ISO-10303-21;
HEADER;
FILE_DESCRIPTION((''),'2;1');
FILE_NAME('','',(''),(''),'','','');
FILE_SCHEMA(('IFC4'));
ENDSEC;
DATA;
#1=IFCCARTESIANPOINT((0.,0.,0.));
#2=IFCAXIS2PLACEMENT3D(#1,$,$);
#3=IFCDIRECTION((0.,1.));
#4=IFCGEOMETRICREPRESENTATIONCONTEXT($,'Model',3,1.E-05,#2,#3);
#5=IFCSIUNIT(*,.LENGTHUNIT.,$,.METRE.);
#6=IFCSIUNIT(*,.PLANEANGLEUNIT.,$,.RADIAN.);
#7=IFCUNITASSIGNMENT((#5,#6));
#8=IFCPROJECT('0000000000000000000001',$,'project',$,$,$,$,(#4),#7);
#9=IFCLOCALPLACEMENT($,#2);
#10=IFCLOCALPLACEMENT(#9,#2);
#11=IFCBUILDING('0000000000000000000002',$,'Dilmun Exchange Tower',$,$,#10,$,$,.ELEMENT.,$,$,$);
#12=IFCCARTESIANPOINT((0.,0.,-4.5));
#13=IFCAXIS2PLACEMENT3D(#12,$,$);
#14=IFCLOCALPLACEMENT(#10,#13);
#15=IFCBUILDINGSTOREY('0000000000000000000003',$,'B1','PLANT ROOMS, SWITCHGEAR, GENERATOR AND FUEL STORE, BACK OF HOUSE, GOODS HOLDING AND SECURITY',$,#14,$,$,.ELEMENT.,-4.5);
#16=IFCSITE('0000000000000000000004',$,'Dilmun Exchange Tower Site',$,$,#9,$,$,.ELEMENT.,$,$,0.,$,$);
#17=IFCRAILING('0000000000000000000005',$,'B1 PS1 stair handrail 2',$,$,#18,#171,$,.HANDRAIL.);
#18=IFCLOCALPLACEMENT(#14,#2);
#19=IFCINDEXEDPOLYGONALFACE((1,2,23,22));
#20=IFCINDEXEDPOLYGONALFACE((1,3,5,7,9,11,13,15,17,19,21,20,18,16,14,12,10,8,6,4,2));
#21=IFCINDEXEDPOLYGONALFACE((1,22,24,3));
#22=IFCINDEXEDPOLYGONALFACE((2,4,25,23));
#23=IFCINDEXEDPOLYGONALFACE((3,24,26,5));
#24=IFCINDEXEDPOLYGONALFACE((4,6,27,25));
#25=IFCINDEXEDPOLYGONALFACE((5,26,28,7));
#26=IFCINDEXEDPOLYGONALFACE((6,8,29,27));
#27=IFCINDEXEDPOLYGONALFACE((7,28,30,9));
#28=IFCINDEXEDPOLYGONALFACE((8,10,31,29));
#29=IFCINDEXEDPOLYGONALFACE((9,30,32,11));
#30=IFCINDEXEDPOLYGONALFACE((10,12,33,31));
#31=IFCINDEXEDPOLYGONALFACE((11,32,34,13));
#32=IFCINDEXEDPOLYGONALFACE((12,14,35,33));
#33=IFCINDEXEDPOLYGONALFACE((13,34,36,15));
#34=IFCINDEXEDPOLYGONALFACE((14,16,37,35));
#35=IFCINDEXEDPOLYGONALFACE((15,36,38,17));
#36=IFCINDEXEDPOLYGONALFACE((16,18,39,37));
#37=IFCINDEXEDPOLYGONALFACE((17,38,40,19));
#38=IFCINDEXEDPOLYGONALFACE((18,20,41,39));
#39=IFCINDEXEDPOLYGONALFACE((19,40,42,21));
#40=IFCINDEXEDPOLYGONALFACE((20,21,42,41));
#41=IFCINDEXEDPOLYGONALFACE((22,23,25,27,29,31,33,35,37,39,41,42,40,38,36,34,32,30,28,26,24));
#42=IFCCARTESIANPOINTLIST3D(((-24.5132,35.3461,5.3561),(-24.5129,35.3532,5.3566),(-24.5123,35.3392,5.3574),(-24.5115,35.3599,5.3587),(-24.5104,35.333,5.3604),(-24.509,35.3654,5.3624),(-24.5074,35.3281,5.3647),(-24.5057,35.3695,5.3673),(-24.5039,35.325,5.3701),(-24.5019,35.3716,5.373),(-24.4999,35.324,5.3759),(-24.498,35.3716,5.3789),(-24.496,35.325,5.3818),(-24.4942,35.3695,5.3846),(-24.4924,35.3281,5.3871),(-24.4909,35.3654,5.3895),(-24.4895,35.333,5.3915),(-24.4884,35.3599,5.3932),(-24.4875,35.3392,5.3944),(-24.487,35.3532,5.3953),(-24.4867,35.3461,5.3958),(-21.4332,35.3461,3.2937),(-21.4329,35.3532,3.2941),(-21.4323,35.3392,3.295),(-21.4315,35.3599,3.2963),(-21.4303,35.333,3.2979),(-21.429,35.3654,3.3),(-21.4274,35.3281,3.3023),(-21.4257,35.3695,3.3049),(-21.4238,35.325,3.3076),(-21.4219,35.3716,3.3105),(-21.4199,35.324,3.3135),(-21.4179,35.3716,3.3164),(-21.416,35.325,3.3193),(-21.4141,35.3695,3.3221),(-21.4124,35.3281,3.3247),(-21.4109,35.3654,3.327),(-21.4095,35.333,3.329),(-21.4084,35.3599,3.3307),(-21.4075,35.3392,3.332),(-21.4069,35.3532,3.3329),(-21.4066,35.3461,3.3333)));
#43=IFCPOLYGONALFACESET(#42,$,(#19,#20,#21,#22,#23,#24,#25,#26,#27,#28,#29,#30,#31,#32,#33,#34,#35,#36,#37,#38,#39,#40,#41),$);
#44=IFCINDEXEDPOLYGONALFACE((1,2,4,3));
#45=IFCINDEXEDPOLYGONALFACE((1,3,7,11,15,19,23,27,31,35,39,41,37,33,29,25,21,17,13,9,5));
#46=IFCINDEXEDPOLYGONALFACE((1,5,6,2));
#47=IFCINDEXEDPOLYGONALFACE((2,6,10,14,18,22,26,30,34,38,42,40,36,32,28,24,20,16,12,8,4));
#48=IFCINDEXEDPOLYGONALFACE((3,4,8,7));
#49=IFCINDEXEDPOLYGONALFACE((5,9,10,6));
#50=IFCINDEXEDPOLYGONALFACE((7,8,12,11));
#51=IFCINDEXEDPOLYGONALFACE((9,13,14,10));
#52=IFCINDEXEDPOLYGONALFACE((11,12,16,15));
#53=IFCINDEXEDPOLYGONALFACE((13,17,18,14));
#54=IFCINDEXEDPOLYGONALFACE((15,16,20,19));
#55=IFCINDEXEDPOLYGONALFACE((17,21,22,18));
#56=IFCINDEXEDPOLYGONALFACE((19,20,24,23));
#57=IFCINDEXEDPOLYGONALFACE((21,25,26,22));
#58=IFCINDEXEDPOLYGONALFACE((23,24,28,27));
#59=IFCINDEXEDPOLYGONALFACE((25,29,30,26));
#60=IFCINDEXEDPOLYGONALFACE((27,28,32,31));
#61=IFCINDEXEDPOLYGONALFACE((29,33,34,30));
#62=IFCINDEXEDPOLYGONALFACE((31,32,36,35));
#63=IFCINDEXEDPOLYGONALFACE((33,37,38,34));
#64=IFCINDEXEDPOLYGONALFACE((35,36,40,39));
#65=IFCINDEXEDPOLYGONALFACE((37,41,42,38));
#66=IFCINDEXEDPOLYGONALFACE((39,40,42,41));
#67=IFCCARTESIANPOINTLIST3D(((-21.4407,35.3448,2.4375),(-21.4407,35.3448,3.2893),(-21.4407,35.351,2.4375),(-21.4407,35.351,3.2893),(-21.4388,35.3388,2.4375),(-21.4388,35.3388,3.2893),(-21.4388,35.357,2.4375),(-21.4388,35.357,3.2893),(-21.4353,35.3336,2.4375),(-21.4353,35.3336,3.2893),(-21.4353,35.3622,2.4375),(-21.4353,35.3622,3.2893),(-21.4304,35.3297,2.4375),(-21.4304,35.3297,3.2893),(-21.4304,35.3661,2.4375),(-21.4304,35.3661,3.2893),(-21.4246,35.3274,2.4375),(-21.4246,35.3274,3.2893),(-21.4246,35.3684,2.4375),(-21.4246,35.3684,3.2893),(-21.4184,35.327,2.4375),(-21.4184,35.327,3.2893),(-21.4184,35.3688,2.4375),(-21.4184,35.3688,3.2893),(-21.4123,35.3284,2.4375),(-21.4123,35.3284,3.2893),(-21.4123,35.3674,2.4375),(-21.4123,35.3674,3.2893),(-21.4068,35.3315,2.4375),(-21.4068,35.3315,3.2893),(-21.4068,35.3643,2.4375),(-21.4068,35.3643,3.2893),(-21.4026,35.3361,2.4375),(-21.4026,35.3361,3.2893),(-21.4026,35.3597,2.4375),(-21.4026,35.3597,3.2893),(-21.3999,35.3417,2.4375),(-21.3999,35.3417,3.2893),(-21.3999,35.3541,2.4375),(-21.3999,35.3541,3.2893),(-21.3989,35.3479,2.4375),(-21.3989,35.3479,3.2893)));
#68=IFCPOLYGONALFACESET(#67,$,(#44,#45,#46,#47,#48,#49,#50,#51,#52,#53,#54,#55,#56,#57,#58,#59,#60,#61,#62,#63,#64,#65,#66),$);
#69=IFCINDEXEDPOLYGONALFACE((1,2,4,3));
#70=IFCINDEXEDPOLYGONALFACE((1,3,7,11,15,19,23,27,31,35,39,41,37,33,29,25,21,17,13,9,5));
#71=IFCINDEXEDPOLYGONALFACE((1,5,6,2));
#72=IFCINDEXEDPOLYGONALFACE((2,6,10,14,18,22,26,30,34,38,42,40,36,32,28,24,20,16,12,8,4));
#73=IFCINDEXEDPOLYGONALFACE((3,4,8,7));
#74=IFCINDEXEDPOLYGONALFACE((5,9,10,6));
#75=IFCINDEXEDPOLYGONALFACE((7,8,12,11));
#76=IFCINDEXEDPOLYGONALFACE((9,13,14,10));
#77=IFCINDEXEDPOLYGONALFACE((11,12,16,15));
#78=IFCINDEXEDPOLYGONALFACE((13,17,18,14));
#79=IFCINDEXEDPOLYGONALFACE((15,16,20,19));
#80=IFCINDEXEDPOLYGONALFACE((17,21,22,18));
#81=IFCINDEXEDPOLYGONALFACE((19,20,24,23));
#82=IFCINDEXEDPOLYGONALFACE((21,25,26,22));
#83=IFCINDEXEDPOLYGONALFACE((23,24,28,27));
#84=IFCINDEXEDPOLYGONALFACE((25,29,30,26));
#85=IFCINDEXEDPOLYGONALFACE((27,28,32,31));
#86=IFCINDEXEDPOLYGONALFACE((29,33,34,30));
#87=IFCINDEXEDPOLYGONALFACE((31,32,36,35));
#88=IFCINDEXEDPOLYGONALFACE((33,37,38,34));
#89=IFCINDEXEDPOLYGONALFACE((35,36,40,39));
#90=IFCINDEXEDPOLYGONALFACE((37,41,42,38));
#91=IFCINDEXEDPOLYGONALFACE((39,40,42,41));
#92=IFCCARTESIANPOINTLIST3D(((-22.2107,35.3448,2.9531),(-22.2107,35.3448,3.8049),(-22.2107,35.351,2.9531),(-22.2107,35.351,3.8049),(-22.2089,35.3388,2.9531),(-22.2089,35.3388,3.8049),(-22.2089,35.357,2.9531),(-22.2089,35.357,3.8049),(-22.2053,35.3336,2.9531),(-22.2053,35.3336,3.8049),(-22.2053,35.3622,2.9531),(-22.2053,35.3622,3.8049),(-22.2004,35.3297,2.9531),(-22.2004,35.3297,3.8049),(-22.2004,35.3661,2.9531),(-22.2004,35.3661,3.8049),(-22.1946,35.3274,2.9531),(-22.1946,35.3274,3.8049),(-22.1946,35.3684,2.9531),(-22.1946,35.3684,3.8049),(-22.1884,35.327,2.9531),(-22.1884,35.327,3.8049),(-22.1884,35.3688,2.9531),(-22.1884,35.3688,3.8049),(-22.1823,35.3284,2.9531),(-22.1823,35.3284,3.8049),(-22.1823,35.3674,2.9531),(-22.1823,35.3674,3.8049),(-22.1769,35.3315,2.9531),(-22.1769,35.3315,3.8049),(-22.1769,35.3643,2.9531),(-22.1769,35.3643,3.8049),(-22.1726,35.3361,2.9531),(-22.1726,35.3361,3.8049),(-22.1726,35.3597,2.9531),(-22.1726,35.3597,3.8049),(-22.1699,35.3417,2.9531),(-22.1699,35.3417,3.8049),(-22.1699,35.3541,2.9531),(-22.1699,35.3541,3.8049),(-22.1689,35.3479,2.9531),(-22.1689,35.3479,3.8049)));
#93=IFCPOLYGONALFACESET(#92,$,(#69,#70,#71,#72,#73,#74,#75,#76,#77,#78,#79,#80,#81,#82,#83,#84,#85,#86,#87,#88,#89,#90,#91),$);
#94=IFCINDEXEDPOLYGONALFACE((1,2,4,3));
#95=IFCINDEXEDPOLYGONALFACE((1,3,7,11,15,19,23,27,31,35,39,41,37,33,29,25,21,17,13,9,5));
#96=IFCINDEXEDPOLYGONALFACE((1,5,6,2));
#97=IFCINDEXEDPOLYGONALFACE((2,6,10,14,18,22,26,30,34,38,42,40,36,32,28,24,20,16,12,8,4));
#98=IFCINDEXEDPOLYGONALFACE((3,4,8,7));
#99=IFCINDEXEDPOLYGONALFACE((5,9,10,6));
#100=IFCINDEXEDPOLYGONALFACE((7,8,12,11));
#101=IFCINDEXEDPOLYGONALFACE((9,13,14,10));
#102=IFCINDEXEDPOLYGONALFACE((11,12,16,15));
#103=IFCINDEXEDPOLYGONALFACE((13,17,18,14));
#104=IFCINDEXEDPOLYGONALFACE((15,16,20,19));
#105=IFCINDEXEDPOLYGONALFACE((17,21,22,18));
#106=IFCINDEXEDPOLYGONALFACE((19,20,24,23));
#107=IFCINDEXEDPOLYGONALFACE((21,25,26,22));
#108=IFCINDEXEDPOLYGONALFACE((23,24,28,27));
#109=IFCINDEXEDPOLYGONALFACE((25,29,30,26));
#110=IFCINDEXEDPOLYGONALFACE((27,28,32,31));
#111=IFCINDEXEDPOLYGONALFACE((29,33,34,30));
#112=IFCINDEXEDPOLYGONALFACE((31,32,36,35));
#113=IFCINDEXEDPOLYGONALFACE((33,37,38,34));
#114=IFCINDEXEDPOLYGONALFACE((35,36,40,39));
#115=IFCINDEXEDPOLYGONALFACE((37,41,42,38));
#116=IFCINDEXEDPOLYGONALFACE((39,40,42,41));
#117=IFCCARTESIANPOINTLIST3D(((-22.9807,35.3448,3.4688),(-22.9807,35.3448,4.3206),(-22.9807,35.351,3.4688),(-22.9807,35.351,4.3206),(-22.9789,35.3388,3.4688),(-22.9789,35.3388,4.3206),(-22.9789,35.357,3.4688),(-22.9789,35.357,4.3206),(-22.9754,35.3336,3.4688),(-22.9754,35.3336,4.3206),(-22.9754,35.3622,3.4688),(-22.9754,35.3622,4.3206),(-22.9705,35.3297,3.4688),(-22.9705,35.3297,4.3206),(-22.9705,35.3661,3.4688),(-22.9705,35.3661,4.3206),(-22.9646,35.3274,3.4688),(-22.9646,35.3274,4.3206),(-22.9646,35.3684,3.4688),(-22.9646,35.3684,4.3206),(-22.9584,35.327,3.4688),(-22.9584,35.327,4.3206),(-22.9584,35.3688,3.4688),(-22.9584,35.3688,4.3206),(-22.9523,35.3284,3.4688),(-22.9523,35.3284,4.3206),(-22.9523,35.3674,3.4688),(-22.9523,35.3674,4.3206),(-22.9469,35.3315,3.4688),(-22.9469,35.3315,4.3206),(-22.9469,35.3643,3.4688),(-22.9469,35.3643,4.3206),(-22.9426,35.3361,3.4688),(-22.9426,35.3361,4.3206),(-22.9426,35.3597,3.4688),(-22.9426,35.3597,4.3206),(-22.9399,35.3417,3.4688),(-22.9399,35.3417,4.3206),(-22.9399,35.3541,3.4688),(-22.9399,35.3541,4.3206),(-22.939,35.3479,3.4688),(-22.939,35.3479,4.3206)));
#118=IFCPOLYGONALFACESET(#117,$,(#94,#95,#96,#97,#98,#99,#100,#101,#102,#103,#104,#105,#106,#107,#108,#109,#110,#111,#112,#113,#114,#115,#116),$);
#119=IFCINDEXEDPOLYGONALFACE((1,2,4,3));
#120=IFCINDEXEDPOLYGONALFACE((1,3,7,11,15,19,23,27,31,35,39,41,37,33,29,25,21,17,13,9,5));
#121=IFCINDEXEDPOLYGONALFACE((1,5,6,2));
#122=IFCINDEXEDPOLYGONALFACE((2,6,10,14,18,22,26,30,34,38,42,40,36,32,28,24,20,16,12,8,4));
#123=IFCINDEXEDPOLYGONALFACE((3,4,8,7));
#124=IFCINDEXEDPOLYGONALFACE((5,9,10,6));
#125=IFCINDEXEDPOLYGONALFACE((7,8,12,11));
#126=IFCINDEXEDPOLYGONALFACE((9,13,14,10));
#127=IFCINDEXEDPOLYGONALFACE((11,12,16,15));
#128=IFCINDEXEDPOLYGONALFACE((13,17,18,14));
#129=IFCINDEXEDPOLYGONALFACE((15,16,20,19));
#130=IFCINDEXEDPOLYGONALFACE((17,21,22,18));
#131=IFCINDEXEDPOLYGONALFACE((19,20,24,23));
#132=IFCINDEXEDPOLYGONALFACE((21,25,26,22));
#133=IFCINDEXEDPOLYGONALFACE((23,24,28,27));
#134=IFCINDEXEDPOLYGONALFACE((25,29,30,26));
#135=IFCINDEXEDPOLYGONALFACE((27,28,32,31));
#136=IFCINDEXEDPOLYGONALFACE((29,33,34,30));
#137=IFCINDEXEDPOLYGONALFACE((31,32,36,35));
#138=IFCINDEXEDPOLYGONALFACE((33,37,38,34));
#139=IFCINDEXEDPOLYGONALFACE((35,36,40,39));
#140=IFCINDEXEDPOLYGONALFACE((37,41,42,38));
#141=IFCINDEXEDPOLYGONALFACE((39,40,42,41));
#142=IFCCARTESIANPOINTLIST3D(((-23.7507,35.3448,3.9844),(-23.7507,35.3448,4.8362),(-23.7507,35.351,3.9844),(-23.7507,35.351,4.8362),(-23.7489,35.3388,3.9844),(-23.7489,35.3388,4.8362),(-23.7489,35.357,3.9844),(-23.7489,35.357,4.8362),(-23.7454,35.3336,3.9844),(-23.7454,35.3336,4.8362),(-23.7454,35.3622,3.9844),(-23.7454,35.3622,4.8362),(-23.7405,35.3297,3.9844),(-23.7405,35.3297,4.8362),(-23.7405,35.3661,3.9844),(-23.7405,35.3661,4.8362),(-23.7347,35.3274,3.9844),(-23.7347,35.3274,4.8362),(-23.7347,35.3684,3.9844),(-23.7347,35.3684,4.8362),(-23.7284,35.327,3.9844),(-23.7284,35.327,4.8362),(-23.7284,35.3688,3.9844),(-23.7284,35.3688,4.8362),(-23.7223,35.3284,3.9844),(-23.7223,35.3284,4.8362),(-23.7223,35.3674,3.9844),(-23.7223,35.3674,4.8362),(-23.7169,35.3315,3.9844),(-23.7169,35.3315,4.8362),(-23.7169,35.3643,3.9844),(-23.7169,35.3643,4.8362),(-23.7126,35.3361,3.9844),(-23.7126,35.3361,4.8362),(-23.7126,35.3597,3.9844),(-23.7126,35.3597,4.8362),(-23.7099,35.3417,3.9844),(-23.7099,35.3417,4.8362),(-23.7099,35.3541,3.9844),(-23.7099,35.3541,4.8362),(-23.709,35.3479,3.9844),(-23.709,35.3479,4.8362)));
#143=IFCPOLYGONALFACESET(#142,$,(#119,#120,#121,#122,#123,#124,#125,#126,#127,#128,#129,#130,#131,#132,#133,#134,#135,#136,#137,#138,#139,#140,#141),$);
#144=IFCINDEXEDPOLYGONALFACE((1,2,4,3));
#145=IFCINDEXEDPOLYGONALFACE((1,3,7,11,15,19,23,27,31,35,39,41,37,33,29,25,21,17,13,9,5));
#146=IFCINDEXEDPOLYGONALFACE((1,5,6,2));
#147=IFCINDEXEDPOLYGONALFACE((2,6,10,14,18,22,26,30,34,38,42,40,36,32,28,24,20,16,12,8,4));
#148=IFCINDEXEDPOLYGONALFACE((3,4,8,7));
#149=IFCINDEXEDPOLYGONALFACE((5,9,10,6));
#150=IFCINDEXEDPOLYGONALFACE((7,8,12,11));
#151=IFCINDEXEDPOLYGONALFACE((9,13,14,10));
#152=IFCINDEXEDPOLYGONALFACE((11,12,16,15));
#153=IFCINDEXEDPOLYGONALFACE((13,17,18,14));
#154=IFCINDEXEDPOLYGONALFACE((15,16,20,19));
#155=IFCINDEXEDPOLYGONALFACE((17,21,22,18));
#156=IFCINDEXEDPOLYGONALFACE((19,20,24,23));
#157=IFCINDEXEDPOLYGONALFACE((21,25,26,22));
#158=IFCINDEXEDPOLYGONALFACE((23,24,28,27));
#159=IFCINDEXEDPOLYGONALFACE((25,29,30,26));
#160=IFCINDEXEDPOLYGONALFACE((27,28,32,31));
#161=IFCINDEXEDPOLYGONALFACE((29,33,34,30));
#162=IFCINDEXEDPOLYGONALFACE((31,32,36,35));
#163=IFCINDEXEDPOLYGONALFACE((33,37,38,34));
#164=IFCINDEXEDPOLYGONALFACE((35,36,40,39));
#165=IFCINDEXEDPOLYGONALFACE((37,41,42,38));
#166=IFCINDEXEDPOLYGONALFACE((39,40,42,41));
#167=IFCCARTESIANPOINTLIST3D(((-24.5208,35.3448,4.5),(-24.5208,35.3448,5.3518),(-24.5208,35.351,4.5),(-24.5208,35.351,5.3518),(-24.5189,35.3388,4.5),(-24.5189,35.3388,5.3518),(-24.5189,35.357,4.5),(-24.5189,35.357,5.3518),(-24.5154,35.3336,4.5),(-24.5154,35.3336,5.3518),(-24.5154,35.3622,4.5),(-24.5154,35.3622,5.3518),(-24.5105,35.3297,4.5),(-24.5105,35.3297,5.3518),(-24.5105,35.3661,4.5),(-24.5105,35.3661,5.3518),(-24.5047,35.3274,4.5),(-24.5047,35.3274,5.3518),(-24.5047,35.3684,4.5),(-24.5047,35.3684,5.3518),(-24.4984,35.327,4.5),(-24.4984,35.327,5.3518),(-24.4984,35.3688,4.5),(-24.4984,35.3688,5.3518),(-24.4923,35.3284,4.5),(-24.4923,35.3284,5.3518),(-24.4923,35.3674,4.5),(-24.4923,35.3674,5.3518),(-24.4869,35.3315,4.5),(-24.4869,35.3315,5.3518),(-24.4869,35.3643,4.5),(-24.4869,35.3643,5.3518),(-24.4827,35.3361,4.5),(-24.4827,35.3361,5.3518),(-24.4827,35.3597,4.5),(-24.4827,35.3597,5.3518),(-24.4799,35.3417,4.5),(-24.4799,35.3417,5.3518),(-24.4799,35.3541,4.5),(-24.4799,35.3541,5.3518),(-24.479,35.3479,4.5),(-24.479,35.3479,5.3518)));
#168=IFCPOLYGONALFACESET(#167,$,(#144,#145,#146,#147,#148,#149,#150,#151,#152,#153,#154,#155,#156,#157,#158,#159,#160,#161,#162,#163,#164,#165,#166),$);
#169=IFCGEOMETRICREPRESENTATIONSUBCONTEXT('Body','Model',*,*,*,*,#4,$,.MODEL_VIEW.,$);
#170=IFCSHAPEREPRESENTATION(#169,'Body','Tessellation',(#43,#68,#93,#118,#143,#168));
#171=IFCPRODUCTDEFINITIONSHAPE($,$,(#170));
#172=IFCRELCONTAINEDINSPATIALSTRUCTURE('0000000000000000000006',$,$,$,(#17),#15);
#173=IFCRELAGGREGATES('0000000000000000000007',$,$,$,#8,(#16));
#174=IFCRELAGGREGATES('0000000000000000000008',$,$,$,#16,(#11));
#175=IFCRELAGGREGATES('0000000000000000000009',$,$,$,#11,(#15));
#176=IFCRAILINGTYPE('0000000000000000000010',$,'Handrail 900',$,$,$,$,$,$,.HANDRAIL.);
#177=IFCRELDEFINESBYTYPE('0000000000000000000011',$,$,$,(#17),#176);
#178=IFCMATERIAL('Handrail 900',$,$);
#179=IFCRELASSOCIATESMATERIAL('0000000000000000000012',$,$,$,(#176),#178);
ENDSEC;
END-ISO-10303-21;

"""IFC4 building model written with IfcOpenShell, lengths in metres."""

from ifc_helpers import new_model, si_unit, direction, frame, origin, origin_2d, place, context, subcontext, project, spatial, circle, extrude, material, type_object, element, save


model = new_model("IFC4")

# Units and contexts
model_context = context("Model", 3, precision=1e-05, world=origin(), true_north=direction((0.0, 1.0)))
body_context = subcontext(model_context, "Body", "Model", "MODEL_VIEW")
ifc_project = project(units=[si_unit("LENGTHUNIT", "METRE"), si_unit("PLANEANGLEUNIT", "RADIAN")], contexts=[model_context])

# Site, building, storey
site_placement = place(None, origin())
site = spatial("IfcSite", under=ifc_project, at=site_placement, Name="Dilmun Exchange Tower Site", CompositionType="ELEMENT", RefElevation=0.0)
building_placement = place(site_placement, origin())
building = spatial("IfcBuilding", under=site, at=building_placement, Name="Dilmun Exchange Tower", CompositionType="ELEMENT")
storey_placement = place(building_placement, frame((0.0, 0.0, -4.5)))
storey = spatial("IfcBuildingStorey", under=building, at=storey_placement, Name="B1", Description="PLANT ROOMS, SWITCHGEAR, GENERATOR AND FUEL STORE, BACK OF HOUSE, GOODS HOLDING AND SECURITY", CompositionType="ELEMENT", Elevation=-4.5)

# Railing
ifc_material_1 = material(Name="Handrail 900")
railing_type_1 = type_object("IfcRailingType", Name="Handrail 900", PredefinedType="HANDRAIL", material=ifc_material_1)
railing_1_placement = place(storey_placement, frame((-21.4199, 35.3479, 2.4375)))
element("IfcRailing", 1, at=railing_1_placement, inside=storey, type_object=railing_type_1, Name="B1 PS1 stair handrail 2", PredefinedType="HANDRAIL", context=body_context, shape_type="SweptSolid", body=[
    extrude(circle(Radius=0.0239, at=origin_2d()), frame((0.0, 0.0, 0.876), z_axis=(-0.830914, 0.0, 0.556401), x_axis=(0.0, -1.0, 0.0)), (0.0, 0.0, 1.0), 3.7068),
    extrude(circle(Radius=0.021, at=origin_2d()), origin(), (0.0, 0.0, 1.0), 0.8518),
    extrude(circle(Radius=0.021, at=origin_2d()), frame((-0.77, 0.0, 0.5156)), (0.0, 0.0, 1.0), 0.8518),
    extrude(circle(Radius=0.021, at=origin_2d()), frame((-1.54, 0.0, 1.0312)), (0.0, 0.0, 1.0), 0.8518),
    extrude(circle(Radius=0.021, at=origin_2d()), frame((-2.3101, 0.0, 1.5469)), (0.0, 0.0, 1.0), 0.8518),
    extrude(circle(Radius=0.021, at=origin_2d()), frame((-3.0801, 0.0, 2.0625)), (0.0, 0.0, 1.0), 0.8518),
])

save(model, "model.ifc")
